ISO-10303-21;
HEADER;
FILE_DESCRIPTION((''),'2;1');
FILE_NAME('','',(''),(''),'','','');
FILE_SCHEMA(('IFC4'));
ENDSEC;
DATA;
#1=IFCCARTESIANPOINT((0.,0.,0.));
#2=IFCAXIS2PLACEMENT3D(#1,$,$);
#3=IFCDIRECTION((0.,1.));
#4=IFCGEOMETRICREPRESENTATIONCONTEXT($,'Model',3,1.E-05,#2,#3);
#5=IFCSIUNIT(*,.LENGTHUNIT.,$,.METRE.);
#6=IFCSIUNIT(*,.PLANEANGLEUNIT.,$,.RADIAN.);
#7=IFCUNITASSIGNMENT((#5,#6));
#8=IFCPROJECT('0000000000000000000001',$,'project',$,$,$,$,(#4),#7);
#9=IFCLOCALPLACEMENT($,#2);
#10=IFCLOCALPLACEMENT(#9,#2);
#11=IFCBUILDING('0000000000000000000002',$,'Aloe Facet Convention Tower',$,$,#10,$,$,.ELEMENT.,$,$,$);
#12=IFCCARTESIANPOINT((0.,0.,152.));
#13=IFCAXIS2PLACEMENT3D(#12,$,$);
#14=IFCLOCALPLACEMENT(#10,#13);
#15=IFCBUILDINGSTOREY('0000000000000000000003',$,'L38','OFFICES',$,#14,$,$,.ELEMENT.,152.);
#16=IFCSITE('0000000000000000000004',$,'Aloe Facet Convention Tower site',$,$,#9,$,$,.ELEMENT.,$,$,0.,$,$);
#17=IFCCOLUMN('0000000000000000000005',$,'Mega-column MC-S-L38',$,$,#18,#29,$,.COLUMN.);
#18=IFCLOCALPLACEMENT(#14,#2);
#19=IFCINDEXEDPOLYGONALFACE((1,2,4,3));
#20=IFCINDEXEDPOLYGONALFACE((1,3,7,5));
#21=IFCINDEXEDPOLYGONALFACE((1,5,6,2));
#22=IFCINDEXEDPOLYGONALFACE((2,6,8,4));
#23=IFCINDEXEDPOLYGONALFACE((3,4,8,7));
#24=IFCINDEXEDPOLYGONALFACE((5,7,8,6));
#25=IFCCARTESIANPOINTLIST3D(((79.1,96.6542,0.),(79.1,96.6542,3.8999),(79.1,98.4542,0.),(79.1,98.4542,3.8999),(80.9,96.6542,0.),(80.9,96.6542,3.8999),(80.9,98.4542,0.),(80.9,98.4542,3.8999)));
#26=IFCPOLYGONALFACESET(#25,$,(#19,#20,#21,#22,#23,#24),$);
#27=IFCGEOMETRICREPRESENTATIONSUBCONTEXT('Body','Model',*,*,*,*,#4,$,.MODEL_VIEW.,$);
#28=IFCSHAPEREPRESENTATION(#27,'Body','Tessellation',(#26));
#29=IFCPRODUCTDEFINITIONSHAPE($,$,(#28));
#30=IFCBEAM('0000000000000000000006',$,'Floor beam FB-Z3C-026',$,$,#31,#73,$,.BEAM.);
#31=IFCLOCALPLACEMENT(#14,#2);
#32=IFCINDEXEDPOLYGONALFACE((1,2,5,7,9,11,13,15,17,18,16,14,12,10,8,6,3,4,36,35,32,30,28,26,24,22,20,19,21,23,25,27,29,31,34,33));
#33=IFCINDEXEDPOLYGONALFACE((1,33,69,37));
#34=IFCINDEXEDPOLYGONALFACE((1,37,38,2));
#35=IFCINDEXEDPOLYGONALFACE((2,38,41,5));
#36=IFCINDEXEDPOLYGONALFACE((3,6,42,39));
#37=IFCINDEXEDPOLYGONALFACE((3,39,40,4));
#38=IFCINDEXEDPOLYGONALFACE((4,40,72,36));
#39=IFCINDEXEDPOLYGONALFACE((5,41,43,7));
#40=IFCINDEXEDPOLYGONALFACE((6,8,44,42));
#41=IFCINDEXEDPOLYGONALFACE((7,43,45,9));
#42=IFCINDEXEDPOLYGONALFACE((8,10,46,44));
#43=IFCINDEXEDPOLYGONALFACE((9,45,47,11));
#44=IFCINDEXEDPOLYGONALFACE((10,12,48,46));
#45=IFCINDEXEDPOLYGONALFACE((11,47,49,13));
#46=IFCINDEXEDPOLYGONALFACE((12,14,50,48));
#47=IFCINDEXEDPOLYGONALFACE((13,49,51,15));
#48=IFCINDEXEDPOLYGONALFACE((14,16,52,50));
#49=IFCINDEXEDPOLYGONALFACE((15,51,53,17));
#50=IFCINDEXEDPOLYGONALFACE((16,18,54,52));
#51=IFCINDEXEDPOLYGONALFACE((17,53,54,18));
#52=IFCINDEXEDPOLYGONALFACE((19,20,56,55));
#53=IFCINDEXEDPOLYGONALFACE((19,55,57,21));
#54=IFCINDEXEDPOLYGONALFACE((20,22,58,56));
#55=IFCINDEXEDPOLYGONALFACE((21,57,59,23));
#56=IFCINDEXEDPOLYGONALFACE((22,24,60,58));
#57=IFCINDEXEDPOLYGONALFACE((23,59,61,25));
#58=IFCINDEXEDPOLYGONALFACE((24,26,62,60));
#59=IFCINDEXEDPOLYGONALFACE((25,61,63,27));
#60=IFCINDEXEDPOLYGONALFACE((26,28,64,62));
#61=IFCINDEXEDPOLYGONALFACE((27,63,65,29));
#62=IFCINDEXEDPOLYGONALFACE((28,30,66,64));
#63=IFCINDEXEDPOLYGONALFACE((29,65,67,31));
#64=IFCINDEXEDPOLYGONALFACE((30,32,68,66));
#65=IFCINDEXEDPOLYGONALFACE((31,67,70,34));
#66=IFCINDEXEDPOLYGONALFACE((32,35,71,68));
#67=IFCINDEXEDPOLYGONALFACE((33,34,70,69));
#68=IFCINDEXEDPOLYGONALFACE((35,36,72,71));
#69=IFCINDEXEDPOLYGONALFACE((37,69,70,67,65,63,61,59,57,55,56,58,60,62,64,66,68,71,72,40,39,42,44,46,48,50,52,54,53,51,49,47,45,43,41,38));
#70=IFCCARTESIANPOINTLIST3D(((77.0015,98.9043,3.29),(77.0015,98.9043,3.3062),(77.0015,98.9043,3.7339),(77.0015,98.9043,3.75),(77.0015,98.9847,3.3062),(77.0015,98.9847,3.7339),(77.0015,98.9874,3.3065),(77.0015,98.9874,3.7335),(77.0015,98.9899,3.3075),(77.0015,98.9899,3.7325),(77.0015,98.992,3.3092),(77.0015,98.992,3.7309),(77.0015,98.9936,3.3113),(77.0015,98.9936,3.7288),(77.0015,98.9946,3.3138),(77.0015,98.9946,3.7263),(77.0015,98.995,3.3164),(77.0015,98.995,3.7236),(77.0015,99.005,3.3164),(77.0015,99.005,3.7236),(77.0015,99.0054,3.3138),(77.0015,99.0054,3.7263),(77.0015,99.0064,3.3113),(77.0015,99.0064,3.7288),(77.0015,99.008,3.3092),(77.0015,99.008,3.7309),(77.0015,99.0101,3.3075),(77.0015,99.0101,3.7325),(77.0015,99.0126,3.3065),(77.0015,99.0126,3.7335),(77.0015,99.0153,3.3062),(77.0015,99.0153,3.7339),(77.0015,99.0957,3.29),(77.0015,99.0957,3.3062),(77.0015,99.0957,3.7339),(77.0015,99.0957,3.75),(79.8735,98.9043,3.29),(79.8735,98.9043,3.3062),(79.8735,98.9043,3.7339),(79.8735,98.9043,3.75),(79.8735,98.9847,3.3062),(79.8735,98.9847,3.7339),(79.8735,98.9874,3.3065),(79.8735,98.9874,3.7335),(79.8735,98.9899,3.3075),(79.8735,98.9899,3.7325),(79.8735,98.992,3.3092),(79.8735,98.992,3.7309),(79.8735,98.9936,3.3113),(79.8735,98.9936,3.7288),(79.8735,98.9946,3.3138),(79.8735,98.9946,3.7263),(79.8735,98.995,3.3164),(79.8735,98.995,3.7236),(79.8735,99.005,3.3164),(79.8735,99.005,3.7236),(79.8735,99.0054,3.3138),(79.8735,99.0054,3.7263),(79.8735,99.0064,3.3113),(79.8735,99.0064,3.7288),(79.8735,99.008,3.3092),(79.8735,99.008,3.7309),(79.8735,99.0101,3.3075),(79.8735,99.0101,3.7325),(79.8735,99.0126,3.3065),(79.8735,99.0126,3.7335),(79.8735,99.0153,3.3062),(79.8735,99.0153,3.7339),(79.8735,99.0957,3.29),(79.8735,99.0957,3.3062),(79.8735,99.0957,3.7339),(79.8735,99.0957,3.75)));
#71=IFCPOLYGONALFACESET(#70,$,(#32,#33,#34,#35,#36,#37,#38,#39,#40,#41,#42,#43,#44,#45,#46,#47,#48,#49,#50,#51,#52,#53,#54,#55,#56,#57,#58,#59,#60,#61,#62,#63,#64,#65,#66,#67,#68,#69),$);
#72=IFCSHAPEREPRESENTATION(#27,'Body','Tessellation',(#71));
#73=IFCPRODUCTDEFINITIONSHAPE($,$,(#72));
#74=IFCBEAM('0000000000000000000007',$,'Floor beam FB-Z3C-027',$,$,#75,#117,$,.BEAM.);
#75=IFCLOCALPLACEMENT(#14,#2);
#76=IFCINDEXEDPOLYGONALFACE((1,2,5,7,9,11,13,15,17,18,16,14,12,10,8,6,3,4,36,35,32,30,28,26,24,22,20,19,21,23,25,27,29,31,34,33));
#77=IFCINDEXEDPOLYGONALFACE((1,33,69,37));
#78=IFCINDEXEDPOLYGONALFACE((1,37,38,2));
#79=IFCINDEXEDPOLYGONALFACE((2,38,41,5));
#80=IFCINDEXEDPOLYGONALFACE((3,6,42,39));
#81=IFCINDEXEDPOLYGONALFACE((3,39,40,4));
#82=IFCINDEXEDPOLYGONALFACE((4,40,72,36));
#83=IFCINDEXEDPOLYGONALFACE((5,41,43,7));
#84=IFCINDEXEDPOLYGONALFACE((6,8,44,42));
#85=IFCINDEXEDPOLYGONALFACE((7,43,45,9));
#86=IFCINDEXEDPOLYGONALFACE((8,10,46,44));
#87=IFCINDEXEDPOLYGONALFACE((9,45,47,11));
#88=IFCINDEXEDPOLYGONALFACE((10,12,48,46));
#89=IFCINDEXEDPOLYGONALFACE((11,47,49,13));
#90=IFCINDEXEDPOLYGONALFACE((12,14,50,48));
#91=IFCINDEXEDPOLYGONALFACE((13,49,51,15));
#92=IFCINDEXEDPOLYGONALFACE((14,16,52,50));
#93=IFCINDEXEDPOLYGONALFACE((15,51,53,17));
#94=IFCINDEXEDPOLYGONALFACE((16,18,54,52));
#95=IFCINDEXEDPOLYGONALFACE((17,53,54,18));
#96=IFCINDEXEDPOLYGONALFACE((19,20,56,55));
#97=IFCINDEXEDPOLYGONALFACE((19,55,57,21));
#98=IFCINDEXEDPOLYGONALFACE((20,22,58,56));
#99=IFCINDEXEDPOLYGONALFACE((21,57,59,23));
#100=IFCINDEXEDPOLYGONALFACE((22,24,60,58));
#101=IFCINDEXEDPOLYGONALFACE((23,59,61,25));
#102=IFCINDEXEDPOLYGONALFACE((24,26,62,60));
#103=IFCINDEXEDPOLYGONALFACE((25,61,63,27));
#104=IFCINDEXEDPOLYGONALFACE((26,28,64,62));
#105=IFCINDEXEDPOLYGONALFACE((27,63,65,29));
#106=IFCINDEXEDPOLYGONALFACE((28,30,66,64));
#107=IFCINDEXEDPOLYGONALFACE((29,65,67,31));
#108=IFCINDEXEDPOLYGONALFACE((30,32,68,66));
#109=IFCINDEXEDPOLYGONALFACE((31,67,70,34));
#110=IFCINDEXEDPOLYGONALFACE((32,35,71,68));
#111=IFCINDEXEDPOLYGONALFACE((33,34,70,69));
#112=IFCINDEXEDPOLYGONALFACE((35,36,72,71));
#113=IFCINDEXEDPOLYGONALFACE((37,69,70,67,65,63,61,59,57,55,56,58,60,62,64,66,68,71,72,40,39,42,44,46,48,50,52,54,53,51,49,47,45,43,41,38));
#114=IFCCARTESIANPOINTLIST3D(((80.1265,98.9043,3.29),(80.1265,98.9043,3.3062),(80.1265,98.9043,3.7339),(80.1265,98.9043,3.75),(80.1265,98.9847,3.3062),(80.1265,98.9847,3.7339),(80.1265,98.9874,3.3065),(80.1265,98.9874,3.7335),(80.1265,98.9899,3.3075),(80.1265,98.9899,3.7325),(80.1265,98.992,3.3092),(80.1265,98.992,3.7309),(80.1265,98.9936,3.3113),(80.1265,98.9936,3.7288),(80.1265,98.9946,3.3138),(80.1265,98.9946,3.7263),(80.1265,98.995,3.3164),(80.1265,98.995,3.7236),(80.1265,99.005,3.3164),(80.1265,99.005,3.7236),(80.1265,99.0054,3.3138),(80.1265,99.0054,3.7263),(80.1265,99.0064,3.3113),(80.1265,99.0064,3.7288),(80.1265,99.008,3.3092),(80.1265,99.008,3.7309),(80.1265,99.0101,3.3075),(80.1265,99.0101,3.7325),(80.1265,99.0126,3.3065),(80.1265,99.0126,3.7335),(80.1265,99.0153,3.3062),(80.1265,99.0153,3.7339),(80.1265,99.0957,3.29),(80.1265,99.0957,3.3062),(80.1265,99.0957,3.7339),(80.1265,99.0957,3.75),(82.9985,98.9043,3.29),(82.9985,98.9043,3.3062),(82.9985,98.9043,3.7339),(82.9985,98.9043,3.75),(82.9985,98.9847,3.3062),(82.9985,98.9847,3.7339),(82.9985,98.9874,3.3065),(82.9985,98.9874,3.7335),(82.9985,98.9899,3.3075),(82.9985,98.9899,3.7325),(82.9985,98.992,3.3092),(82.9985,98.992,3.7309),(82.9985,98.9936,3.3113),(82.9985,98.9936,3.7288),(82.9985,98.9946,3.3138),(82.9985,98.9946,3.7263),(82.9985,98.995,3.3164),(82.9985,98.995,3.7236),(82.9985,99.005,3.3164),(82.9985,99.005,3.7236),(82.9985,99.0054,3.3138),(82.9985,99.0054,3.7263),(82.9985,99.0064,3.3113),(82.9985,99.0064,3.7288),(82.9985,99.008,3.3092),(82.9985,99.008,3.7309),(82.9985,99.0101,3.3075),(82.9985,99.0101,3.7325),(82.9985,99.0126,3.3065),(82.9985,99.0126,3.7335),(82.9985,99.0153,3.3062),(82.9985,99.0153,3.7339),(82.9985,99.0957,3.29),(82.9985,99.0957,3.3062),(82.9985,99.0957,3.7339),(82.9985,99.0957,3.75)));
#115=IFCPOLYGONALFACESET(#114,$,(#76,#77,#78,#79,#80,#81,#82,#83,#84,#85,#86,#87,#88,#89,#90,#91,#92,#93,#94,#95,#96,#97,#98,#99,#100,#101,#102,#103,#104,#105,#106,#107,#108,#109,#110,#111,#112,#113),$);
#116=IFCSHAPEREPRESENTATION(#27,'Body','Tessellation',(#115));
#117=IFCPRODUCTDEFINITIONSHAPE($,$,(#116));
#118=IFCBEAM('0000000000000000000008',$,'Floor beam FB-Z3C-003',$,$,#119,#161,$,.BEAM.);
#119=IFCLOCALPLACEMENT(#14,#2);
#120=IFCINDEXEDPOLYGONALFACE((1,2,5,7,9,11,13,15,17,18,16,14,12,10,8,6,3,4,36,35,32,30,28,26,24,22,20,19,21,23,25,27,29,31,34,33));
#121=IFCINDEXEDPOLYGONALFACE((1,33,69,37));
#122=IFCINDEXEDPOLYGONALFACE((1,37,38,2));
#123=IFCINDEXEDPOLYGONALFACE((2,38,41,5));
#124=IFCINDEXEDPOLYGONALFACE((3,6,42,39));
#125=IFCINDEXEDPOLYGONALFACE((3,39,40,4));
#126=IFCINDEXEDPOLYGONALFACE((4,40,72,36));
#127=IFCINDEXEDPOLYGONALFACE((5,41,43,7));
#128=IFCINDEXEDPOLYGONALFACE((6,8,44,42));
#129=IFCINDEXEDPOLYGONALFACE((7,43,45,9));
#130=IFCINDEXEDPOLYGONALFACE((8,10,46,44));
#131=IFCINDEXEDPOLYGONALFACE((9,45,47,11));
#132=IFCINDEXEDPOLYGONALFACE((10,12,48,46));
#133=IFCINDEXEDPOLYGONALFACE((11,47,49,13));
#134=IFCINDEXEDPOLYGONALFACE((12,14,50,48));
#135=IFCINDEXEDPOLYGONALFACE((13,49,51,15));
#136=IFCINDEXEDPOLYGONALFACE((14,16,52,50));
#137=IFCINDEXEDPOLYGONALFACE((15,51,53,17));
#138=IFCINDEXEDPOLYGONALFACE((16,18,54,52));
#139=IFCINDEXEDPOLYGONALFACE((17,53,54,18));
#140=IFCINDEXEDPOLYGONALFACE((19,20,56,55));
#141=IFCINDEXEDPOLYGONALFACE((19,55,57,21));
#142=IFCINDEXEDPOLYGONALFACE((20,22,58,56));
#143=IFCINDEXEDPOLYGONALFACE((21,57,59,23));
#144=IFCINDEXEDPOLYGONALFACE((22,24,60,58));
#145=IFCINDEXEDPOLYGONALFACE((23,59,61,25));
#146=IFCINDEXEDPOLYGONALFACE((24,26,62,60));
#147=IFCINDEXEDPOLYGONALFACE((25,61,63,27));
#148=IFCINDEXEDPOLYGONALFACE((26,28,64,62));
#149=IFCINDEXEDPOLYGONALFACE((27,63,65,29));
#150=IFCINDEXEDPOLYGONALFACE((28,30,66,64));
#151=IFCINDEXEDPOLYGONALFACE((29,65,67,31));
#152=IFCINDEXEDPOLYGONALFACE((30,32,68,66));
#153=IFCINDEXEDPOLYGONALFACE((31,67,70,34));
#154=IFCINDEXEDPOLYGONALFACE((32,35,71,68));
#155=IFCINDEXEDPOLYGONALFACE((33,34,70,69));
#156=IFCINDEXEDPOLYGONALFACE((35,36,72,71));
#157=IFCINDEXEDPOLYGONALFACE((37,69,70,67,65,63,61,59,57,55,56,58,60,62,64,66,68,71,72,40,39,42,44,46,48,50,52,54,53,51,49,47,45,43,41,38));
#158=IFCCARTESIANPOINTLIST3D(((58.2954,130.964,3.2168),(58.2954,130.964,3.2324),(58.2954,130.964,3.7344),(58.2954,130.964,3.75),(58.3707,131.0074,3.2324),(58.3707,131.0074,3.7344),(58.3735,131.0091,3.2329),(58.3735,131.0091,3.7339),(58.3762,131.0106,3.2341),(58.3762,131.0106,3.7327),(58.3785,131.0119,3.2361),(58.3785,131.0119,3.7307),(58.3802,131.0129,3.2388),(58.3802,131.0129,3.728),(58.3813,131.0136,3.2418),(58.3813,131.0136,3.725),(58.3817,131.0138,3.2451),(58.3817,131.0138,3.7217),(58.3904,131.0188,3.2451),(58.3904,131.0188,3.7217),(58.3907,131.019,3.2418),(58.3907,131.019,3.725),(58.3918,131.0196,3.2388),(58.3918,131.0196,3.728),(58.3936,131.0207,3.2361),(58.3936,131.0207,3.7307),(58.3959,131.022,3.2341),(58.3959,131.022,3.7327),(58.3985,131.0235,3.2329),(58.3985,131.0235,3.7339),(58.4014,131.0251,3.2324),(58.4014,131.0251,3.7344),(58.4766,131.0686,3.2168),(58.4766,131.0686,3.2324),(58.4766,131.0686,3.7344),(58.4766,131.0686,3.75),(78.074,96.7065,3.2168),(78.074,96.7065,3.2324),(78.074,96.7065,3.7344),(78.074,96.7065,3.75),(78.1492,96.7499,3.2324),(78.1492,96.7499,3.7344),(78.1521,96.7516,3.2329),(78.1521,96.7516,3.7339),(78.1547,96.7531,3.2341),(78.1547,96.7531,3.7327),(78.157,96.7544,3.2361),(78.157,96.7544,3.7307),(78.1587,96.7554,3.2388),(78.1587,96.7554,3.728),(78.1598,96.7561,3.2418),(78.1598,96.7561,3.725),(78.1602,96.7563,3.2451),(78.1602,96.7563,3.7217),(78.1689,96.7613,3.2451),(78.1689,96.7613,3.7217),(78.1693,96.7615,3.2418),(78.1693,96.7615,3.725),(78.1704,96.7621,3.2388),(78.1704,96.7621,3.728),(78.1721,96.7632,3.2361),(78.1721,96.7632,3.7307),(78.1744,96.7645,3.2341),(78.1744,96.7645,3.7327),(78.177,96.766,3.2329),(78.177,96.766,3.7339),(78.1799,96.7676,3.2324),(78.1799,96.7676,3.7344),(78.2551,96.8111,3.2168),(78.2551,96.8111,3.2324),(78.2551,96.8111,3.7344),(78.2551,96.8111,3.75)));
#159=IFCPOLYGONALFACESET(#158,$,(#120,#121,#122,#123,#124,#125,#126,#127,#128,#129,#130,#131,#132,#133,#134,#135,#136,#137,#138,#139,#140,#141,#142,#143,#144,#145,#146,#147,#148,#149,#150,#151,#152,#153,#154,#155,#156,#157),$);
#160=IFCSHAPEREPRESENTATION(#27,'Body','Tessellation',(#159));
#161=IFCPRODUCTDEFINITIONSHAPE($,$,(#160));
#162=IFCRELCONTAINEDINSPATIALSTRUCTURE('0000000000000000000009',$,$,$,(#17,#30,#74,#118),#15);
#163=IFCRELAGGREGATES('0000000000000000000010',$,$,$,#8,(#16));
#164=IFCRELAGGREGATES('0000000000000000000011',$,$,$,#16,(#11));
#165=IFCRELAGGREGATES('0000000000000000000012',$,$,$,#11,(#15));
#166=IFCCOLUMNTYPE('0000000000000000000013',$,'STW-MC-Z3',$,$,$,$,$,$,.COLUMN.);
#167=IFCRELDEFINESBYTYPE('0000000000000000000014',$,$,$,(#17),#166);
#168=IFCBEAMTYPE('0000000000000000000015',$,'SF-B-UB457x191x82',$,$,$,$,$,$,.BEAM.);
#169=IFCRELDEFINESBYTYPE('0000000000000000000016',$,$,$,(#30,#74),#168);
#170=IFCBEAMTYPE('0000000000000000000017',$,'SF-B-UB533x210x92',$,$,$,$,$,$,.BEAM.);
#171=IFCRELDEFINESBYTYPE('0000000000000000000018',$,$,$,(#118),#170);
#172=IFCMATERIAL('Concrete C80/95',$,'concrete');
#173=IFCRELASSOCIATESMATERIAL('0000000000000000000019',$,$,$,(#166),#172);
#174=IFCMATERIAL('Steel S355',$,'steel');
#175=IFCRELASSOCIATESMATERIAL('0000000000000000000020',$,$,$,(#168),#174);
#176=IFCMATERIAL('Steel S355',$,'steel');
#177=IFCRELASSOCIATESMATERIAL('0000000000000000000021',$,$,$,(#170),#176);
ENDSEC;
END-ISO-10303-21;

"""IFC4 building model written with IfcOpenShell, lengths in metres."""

from ifc_helpers import new_model, si_unit, direction, frame, origin, origin_2d, place, context, subcontext, project, spatial, rectangle, i_section, extrude, material, material_profile, profile_set, type_object, element, save


model = new_model("IFC4")

# Units and contexts
model_context = context("Model", 3, precision=1e-05, world=origin(), true_north=direction((0.0, 1.0)))
body_context = subcontext(model_context, "Body", "Model", "MODEL_VIEW")
ifc_project = project(units=[si_unit("LENGTHUNIT", "METRE"), si_unit("PLANEANGLEUNIT", "RADIAN")], contexts=[model_context])

# Site, building, storey
site_placement = place(None, origin())
site = spatial("IfcSite", under=ifc_project, at=site_placement, Name="Aloe Facet Convention Tower site", CompositionType="ELEMENT", RefElevation=0.0)
building_placement = place(site_placement, origin())
building = spatial("IfcBuilding", under=site, at=building_placement, Name="Aloe Facet Convention Tower", CompositionType="ELEMENT")
storey_placement = place(building_placement, frame((0.0, 0.0, 152.0)))
storey = spatial("IfcBuildingStorey", under=building, at=storey_placement, Name="L38", Description="OFFICES", CompositionType="ELEMENT", Elevation=152.0)

# Column
ifc_material_1 = material(Name="Concrete C80/95", Category="concrete")
ifc_material_profile_1 = material_profile(ifc_material_1, rectangle(XDim=1.8, YDim=1.8, at=origin_2d()), Name="STW-MC-Z3")
ifc_profile_set_1 = profile_set([ifc_material_profile_1], Name="Concrete C80/95")
column_type = type_object("IfcColumnType", Name="STW-MC-Z3", PredefinedType="COLUMN", material=ifc_profile_set_1)
column_placement = place(storey_placement, frame((80.0, 97.5542, 0.0), z_axis=(0.0, 0.0, 1.0), x_axis=(1.0, 0.0, 0.0)))
element("IfcColumn", 1, at=column_placement, inside=storey, type_object=column_type, Name="Mega-column MC-S-L38", PredefinedType="COLUMN", context=body_context, shape_type="SweptSolid", body=[
    extrude(rectangle(XDim=1.8, YDim=1.8, at=origin_2d()), origin(), (0.0, 0.0, 1.0), 3.8999),
])

# Beams
ifc_material_2 = material(Name="Steel S355", Category="steel")
ifc_material_profile_2 = material_profile(ifc_material_2, i_section(OverallWidth=0.1914, OverallDepth=0.46, WebThickness=0.01, FlangeThickness=0.0161, FilletRadius=0.0103, at=origin_2d()), Name="UB 457x191x82")
ifc_profile_set_2 = profile_set([ifc_material_profile_2], Name="Steel S355")
beam_type_1 = type_object("IfcBeamType", Name="SF-B-UB457x191x82", PredefinedType="BEAM", material=ifc_profile_set_2)
for number, where, z_axis, x_axis, name in (
    (2, (77.0015, 99.0, 3.52), (1.0, 0.0, 0.0), (0.0, 1.0, 0.0), "Floor beam FB-Z3C-026"),
    (3, (80.1265, 99.0, 3.52), (1.0, 0.0, 0.0), (0.0, 1.0, 0.0), "Floor beam FB-Z3C-027"),
):
    element("IfcBeam", number, at=place(storey_placement, frame(where, z_axis=z_axis, x_axis=x_axis)), inside=storey, type_object=beam_type_1, Name=name, PredefinedType="BEAM", context=body_context, shape_type="SweptSolid", body=[
        extrude(i_section(OverallWidth=0.1914, OverallDepth=0.46, WebThickness=0.01, FlangeThickness=0.0161, FilletRadius=0.0103, at=origin_2d()), origin(), (0.0, 0.0, 1.0), 2.8721),
    ])
ifc_material_3 = material(Name="Steel S355", Category="steel")
ifc_material_profile_3 = material_profile(ifc_material_3, i_section(OverallWidth=0.2092, OverallDepth=0.5332, WebThickness=0.01, FlangeThickness=0.0156, FilletRadius=0.0127, at=origin_2d()), Name="UB 533x210x92")
ifc_profile_set_3 = profile_set([ifc_material_profile_3], Name="Steel S355")
beam_type_2 = type_object("IfcBeamType", Name="SF-B-UB533x210x92", PredefinedType="BEAM", material=ifc_profile_set_3)
beam_placement = place(storey_placement, frame((78.1646, 96.7588, 3.4834), z_axis=(-0.499999, 0.866026, 0.0), x_axis=(-0.866026, -0.499999, 0.0)))
element("IfcBeam", 4, at=beam_placement, inside=storey, type_object=beam_type_2, Name="Floor beam FB-Z3C-003", PredefinedType="BEAM", context=body_context, shape_type="SweptSolid", body=[
    extrude(i_section(OverallWidth=0.2092, OverallDepth=0.5332, WebThickness=0.01, FlangeThickness=0.0156, FilletRadius=0.0127, at=origin_2d()), origin(), (0.0, 0.0, 1.0), 39.5571),
])

save(model, "model.ifc")
